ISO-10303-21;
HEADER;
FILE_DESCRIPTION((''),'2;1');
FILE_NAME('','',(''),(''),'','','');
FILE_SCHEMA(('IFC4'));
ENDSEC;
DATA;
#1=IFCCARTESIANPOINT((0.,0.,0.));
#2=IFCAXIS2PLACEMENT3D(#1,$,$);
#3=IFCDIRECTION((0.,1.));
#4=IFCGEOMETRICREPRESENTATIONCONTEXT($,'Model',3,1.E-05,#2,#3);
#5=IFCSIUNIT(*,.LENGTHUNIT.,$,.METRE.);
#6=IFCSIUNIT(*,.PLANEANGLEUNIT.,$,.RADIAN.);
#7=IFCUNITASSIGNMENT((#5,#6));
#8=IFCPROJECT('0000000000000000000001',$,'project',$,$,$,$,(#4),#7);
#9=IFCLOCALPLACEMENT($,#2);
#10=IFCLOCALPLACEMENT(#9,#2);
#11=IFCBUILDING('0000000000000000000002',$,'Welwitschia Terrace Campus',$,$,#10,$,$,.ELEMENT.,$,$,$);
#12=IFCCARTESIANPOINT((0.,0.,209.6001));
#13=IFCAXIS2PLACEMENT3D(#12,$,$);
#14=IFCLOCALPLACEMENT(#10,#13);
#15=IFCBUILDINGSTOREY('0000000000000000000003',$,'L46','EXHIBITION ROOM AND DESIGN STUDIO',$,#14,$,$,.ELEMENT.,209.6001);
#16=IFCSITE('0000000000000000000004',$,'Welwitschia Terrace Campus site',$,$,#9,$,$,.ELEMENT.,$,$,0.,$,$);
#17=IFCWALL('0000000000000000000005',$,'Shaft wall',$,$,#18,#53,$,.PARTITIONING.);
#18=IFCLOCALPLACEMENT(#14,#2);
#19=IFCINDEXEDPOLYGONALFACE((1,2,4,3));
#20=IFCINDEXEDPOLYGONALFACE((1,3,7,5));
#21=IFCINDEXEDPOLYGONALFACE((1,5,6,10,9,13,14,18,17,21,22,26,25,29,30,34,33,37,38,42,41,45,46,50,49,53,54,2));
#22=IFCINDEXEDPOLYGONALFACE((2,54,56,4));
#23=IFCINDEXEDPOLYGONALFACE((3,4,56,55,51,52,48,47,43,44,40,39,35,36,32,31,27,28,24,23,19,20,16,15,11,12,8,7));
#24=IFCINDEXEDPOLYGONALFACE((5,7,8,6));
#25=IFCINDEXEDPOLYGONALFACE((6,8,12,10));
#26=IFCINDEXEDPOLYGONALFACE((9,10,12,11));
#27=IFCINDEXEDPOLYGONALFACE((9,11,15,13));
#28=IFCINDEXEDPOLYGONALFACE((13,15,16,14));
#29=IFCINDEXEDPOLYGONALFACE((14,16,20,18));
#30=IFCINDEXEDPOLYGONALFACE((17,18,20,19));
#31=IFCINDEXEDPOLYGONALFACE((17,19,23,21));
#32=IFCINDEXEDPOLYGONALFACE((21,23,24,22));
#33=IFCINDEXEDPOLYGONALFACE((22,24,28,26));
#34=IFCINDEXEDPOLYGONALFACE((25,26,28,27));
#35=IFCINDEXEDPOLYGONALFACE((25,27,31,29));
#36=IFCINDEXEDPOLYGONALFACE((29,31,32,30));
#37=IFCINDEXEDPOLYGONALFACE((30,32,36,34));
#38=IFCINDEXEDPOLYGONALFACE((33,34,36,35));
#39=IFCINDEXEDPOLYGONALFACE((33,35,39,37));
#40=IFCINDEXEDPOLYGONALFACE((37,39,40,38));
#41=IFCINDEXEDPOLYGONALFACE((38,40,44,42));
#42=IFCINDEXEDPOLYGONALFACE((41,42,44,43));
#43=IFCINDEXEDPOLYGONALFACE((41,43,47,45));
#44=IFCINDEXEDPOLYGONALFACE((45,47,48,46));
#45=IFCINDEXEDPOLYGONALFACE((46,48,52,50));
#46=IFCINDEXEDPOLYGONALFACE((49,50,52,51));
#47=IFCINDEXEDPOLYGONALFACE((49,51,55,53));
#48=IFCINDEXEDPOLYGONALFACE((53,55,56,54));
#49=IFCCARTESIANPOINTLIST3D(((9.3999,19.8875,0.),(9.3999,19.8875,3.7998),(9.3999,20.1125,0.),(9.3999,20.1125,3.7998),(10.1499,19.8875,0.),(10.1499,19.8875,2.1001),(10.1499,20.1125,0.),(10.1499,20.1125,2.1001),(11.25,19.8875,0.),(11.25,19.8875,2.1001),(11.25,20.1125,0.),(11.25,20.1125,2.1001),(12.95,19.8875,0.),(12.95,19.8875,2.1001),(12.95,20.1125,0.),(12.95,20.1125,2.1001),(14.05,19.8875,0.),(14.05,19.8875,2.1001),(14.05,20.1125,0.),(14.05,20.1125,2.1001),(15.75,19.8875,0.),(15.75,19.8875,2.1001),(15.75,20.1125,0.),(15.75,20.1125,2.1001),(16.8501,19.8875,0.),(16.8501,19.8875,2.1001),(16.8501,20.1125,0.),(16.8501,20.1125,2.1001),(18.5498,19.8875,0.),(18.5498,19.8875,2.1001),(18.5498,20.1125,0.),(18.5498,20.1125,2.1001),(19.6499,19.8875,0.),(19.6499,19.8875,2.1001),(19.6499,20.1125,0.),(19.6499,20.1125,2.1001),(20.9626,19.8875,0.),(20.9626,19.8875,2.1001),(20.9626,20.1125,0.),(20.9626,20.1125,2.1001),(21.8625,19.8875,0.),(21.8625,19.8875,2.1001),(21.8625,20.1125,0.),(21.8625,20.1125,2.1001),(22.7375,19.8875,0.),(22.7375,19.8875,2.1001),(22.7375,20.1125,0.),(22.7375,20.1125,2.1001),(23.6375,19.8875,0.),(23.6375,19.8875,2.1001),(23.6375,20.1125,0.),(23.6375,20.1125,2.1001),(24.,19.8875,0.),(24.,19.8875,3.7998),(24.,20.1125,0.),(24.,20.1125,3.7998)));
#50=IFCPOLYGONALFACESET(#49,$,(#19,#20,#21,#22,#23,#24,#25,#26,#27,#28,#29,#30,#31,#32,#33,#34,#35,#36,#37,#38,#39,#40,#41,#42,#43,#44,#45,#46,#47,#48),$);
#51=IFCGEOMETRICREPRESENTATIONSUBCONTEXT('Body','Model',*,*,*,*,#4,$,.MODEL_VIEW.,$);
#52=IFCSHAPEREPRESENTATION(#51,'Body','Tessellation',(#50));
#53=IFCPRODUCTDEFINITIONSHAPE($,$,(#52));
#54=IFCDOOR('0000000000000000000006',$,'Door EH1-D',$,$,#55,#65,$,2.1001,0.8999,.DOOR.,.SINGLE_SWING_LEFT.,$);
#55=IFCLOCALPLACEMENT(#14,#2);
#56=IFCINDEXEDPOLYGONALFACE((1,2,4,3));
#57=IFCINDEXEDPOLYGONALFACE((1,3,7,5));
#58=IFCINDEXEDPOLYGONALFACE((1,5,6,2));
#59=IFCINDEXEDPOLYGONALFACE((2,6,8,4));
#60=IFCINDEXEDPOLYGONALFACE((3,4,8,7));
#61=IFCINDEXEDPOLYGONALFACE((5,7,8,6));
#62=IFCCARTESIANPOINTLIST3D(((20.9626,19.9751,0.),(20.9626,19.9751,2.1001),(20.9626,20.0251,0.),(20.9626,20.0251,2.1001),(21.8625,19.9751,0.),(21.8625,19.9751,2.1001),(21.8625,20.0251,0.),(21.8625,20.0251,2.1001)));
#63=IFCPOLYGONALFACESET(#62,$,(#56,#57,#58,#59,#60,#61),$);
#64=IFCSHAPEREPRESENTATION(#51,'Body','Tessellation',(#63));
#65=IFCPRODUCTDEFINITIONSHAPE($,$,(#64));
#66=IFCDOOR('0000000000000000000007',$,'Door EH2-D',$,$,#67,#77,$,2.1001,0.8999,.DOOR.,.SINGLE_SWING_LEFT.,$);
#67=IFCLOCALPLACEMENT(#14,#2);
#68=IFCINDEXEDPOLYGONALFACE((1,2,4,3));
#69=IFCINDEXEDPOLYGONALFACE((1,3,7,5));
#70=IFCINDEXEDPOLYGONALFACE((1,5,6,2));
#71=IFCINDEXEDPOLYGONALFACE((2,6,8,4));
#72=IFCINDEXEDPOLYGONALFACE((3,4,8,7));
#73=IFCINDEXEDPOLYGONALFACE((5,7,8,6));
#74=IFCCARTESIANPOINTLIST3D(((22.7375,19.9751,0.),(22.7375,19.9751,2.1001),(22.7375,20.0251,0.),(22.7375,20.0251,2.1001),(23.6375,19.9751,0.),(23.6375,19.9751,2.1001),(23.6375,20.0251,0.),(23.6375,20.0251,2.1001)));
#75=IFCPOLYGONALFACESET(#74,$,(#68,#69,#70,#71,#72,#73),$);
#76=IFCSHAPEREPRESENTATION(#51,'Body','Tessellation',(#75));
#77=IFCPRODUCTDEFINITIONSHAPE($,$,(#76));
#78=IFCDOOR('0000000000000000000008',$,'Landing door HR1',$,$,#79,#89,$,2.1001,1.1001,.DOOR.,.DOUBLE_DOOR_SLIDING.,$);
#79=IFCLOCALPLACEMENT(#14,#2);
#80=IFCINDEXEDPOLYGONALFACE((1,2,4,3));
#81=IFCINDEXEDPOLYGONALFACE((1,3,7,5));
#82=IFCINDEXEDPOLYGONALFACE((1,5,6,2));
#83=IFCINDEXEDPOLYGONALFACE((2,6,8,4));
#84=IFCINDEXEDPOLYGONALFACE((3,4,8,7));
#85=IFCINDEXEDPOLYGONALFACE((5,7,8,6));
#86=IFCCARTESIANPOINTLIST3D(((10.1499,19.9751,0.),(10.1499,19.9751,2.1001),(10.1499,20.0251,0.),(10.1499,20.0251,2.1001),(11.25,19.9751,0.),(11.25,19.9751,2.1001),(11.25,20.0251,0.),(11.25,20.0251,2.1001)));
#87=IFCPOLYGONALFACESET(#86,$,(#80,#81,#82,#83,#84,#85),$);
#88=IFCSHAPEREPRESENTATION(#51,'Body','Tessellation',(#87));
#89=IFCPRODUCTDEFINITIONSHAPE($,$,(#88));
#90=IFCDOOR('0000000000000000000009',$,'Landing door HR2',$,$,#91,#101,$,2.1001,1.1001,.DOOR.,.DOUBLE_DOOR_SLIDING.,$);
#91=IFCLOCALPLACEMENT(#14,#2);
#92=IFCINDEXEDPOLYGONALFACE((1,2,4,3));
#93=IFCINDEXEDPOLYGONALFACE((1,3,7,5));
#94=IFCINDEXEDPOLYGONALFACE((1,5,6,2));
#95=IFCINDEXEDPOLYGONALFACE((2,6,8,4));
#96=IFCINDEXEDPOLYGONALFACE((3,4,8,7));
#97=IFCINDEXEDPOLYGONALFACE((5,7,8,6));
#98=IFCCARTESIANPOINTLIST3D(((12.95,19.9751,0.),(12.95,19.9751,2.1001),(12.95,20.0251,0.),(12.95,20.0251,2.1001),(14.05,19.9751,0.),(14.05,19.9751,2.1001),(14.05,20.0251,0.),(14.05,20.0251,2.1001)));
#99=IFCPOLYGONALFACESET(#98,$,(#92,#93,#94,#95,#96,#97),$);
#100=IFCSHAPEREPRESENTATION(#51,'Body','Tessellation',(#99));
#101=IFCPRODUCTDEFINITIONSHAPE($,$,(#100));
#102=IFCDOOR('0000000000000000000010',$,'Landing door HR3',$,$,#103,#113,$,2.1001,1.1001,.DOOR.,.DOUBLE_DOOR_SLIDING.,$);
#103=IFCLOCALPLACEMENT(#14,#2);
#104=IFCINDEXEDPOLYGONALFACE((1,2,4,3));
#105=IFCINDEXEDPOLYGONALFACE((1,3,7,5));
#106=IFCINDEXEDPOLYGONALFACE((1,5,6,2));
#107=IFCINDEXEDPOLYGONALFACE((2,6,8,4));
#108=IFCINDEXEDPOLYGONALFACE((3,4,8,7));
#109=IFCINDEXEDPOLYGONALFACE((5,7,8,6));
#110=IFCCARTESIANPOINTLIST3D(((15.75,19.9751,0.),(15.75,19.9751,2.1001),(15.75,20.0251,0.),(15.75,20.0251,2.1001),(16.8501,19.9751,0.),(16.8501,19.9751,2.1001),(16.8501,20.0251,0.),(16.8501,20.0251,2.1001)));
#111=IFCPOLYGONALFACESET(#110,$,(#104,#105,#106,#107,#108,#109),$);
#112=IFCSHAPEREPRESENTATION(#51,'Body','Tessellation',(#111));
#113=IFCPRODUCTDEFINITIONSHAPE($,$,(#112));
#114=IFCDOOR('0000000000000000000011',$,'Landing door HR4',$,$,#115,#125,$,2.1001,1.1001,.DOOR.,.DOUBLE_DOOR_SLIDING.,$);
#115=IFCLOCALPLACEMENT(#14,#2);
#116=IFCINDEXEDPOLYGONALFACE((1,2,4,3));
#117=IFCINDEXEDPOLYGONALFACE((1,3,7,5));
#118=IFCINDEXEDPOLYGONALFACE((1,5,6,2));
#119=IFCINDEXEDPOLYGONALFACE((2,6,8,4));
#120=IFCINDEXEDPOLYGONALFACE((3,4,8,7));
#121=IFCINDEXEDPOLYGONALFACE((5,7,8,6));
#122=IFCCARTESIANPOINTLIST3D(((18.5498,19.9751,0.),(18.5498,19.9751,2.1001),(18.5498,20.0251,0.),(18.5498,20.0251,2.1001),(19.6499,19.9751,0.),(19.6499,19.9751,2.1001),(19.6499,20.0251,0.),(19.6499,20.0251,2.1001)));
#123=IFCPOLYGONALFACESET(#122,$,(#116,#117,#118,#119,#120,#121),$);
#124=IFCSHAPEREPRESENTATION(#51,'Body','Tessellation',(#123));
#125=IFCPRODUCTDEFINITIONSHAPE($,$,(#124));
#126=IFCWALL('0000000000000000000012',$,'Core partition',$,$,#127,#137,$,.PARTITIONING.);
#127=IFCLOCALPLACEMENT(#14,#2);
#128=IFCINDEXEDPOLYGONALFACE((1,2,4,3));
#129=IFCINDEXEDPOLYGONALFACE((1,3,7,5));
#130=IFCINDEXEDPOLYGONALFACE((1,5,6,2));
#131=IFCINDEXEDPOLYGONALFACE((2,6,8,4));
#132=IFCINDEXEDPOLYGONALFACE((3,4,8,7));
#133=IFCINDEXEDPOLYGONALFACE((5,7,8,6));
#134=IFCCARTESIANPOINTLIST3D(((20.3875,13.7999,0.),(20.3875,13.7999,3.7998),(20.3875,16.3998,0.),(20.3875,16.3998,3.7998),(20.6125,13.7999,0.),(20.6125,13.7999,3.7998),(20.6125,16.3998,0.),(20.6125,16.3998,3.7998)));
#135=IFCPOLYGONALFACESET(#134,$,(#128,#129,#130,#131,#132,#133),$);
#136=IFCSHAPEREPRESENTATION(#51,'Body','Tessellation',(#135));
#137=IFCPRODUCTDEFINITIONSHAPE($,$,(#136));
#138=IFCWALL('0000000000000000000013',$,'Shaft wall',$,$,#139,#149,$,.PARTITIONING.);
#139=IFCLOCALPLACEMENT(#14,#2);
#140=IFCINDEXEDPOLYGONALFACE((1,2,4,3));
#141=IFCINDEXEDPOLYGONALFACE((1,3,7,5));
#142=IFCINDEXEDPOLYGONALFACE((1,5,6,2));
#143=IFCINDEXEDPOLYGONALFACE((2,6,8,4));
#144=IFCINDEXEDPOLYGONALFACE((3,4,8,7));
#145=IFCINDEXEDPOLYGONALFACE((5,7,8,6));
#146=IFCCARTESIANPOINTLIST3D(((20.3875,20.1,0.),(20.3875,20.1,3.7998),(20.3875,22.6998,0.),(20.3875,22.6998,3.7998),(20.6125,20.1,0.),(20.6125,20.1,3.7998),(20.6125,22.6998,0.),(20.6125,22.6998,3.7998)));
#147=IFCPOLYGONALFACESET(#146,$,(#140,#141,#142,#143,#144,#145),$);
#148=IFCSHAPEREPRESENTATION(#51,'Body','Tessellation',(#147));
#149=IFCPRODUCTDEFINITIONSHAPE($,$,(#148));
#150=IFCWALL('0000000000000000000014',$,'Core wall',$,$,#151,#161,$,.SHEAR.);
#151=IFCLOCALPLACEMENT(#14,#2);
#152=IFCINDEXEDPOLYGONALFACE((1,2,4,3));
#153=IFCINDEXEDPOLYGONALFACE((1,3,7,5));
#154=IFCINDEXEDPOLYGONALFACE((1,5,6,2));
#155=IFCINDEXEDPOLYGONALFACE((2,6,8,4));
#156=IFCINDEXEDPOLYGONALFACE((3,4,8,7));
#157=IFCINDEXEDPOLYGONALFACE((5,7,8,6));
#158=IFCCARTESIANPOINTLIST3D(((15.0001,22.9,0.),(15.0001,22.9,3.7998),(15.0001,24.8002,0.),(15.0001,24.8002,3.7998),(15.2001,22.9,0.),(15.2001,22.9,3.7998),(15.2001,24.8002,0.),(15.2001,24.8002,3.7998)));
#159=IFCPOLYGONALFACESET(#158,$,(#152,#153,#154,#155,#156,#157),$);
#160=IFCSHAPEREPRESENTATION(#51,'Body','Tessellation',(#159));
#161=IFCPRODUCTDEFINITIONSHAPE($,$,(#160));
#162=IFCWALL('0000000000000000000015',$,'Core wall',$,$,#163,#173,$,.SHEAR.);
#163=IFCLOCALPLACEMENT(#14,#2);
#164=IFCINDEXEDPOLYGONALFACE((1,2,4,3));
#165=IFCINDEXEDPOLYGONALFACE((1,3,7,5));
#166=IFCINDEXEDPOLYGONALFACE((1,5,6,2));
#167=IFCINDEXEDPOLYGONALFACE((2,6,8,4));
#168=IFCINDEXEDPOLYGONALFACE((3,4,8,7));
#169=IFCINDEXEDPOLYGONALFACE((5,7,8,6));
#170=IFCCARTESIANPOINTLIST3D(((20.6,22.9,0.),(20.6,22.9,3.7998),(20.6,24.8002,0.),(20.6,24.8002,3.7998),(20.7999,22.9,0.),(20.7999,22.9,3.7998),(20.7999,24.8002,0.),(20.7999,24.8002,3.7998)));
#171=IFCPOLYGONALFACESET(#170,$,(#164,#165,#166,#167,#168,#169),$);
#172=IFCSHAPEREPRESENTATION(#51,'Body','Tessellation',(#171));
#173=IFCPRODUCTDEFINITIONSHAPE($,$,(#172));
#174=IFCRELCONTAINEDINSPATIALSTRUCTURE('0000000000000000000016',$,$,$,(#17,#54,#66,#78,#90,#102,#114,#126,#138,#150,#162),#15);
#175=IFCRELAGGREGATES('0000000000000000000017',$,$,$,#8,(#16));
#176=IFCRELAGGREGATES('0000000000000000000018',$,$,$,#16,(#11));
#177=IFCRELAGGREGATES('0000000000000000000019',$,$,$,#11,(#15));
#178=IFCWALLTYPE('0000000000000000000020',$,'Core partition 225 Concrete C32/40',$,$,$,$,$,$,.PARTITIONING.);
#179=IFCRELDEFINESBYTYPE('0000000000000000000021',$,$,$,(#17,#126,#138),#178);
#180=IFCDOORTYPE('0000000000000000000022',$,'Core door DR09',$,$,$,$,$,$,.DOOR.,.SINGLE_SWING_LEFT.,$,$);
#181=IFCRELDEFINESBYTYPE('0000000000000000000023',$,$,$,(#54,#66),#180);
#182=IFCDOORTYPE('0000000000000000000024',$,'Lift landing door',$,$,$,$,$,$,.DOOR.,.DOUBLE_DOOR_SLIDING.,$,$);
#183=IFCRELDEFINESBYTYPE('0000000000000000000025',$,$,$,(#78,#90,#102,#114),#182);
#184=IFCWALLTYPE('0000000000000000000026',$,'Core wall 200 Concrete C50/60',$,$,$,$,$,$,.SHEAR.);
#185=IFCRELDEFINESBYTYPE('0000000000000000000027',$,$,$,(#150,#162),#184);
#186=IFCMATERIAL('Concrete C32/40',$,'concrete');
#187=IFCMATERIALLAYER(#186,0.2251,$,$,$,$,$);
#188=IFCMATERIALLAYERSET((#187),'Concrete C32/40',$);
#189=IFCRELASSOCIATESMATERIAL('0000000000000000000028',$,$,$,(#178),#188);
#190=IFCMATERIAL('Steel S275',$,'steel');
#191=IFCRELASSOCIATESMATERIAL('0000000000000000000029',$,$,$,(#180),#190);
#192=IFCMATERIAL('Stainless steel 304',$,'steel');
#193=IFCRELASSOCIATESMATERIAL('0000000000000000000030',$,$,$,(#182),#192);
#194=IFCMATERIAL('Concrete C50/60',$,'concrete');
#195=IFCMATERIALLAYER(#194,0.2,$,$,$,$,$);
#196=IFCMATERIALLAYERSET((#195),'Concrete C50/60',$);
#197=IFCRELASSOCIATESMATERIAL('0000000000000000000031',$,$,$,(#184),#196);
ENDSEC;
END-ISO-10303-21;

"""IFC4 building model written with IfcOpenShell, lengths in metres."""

from ifc_helpers import new_model, si_unit, direction, frame, frame_2d, origin, place, context, subcontext, project, spatial, rectangle, extrude, material, layer, layer_set, type_object, element, fill, save


model = new_model("IFC4")

# Units and contexts
model_context = context("Model", 3, precision=1e-05, world=origin(), true_north=direction((0.0, 1.0)))
body_context = subcontext(model_context, "Body", "Model", "MODEL_VIEW")
ifc_project = project(units=[si_unit("LENGTHUNIT", "METRE"), si_unit("PLANEANGLEUNIT", "RADIAN")], contexts=[model_context])

# Site, building, storey
site_placement = place(None, origin())
site = spatial("IfcSite", under=ifc_project, at=site_placement, Name="Welwitschia Terrace Campus site", CompositionType="ELEMENT", RefElevation=0.0)
building_placement = place(site_placement, origin())
building = spatial("IfcBuilding", under=site, at=building_placement, Name="Welwitschia Terrace Campus", CompositionType="ELEMENT")
storey_placement = place(building_placement, frame((0.0, 0.0, 209.6001)))
storey = spatial("IfcBuildingStorey", under=building, at=storey_placement, Name="L46", Description="EXHIBITION ROOM AND DESIGN STUDIO", CompositionType="ELEMENT", Elevation=209.6001)

# Shared definitions
ifc_material_1 = material(Name="Concrete C32/40", Category="concrete")
ifc_layer_1 = layer(ifc_material_1, 0.2251)
ifc_layer_set_1 = layer_set([ifc_layer_1], Name="Concrete C32/40")
wall_type_1 = type_object("IfcWallType", Name="Core partition 225 Concrete C32/40", PredefinedType="PARTITIONING", material=ifc_layer_set_1)

# Wall, openings, doors
wall_1_placement = place(storey_placement, frame((24.0, 20.0, 0.0), z_axis=(0.0, 0.0, 1.0), x_axis=(-1.0, 0.0, 0.0)))
wall_1 = element("IfcWall", 1, at=wall_1_placement, inside=storey, type_object=wall_type_1, Name="Shaft wall", PredefinedType="PARTITIONING", context=body_context, shape_type="SweptSolid", body=[
    extrude(rectangle(XDim=14.6001, YDim=0.2251, at=frame_2d((7.3, 0.0))), origin(), (0.0, 0.0, 1.0), 3.7998),
])
opening_1_placement = place(wall_1_placement, frame((12.75, 0.0, 0.0)))
opening_1 = element("IfcOpeningElement", 2, at=opening_1_placement, cuts=wall_1, PredefinedType="OPENING", context=body_context, shape_type="SweptSolid", body=[
    extrude(rectangle(XDim=1.1001, YDim=2.1001, at=frame_2d((0.55, 1.05))), frame((0.0, 0.1226, 0.0), z_axis=(0.0, -1.0, 0.0), x_axis=(1.0, 0.0, 0.0)), (0.0, 0.0, 1.0), 0.2451),
])
opening_2_placement = place(wall_1_placement, frame((9.95, 0.0, 0.0)))
opening_2 = element("IfcOpeningElement", 3, at=opening_2_placement, cuts=wall_1, PredefinedType="OPENING", context=body_context, shape_type="SweptSolid", body=[
    extrude(rectangle(XDim=1.1001, YDim=2.1001, at=frame_2d((0.55, 1.05))), frame((0.0, 0.1226, 0.0), z_axis=(0.0, -1.0, 0.0), x_axis=(1.0, 0.0, 0.0)), (0.0, 0.0, 1.0), 0.2451),
])
opening_3_placement = place(wall_1_placement, frame((7.1499, 0.0, 0.0)))
opening_3 = element("IfcOpeningElement", 4, at=opening_3_placement, cuts=wall_1, PredefinedType="OPENING", context=body_context, shape_type="SweptSolid", body=[
    extrude(rectangle(XDim=1.1001, YDim=2.1001, at=frame_2d((0.55, 1.05))), frame((0.0, 0.1226, 0.0), z_axis=(0.0, -1.0, 0.0), x_axis=(1.0, 0.0, 0.0)), (0.0, 0.0, 1.0), 0.2451),
])
opening_4_placement = place(wall_1_placement, frame((4.3501, 0.0, 0.0)))
opening_4 = element("IfcOpeningElement", 5, at=opening_4_placement, cuts=wall_1, PredefinedType="OPENING", context=body_context, shape_type="SweptSolid", body=[
    extrude(rectangle(XDim=1.1001, YDim=2.1001, at=frame_2d((0.55, 1.05))), frame((0.0, 0.1226, 0.0), z_axis=(0.0, -1.0, 0.0), x_axis=(1.0, 0.0, 0.0)), (0.0, 0.0, 1.0), 0.2451),
])
opening_5_placement = place(wall_1_placement, frame((2.1375, 0.0, 0.0)))
opening_5 = element("IfcOpeningElement", 6, at=opening_5_placement, cuts=wall_1, PredefinedType="OPENING", context=body_context, shape_type="SweptSolid", body=[
    extrude(rectangle(XDim=0.8999, YDim=2.1001, at=frame_2d((0.45, 1.05))), frame((0.0, 0.1226, 0.0), z_axis=(0.0, -1.0, 0.0), x_axis=(1.0, 0.0, 0.0)), (0.0, 0.0, 1.0), 0.2451),
])
opening_6_placement = place(wall_1_placement, frame((0.3625, 0.0, 0.0)))
opening_6 = element("IfcOpeningElement", 7, at=opening_6_placement, cuts=wall_1, PredefinedType="OPENING", context=body_context, shape_type="SweptSolid", body=[
    extrude(rectangle(XDim=0.8999, YDim=2.1001, at=frame_2d((0.45, 1.05))), frame((0.0, 0.1226, 0.0), z_axis=(0.0, -1.0, 0.0), x_axis=(1.0, 0.0, 0.0)), (0.0, 0.0, 1.0), 0.2451),
])
ifc_material_2 = material(Name="Steel S275", Category="steel")
door_type_1 = type_object("IfcDoorType", Name="Core door DR09", OperationType="SINGLE_SWING_LEFT", PredefinedType="DOOR", material=ifc_material_2)
door_1_placement = place(opening_5_placement, origin())
door_1 = element("IfcDoor", 8, at=door_1_placement, inside=storey, type_object=door_type_1, Name="Door EH1-D", OperationType="SINGLE_SWING_LEFT", OverallHeight=2.1001, OverallWidth=0.8999, PredefinedType="DOOR", context=body_context, shape_type="SweptSolid", body=[
    extrude(rectangle(XDim=0.8999, YDim=2.1001, at=frame_2d((0.45, 1.05))), frame((0.0, 0.0249, 0.0), z_axis=(0.0, -1.0, 0.0), x_axis=(1.0, 0.0, 0.0)), (0.0, 0.0, 1.0), 0.05),
])
fill(opening_5, door_1)
door_2_placement = place(opening_6_placement, origin())
door_2 = element("IfcDoor", 9, at=door_2_placement, inside=storey, type_object=door_type_1, Name="Door EH2-D", OperationType="SINGLE_SWING_LEFT", OverallHeight=2.1001, OverallWidth=0.8999, PredefinedType="DOOR", context=body_context, shape_type="SweptSolid", body=[
    extrude(rectangle(XDim=0.8999, YDim=2.1001, at=frame_2d((0.45, 1.05))), frame((0.0, 0.0249, 0.0), z_axis=(0.0, -1.0, 0.0), x_axis=(1.0, 0.0, 0.0)), (0.0, 0.0, 1.0), 0.05),
])
fill(opening_6, door_2)
ifc_material_3 = material(Name="Stainless steel 304", Category="steel")
door_type_2 = type_object("IfcDoorType", Name="Lift landing door", OperationType="DOUBLE_DOOR_SLIDING", PredefinedType="DOOR", material=ifc_material_3)
door_3_placement = place(opening_1_placement, origin())
door_3 = element("IfcDoor", 10, at=door_3_placement, inside=storey, type_object=door_type_2, Name="Landing door HR1", OperationType="DOUBLE_DOOR_SLIDING", OverallHeight=2.1001, OverallWidth=1.1001, PredefinedType="DOOR", context=body_context, shape_type="SweptSolid", body=[
    extrude(rectangle(XDim=1.1001, YDim=2.1001, at=frame_2d((0.55, 1.05))), frame((0.0, 0.0249, 0.0), z_axis=(0.0, -1.0, 0.0), x_axis=(1.0, 0.0, 0.0)), (0.0, 0.0, 1.0), 0.05),
])
fill(opening_1, door_3)
door_4_placement = place(opening_2_placement, origin())
door_4 = element("IfcDoor", 11, at=door_4_placement, inside=storey, type_object=door_type_2, Name="Landing door HR2", OperationType="DOUBLE_DOOR_SLIDING", OverallHeight=2.1001, OverallWidth=1.1001, PredefinedType="DOOR", context=body_context, shape_type="SweptSolid", body=[
    extrude(rectangle(XDim=1.1001, YDim=2.1001, at=frame_2d((0.55, 1.05))), frame((0.0, 0.0249, 0.0), z_axis=(0.0, -1.0, 0.0), x_axis=(1.0, 0.0, 0.0)), (0.0, 0.0, 1.0), 0.05),
])
fill(opening_2, door_4)
door_5_placement = place(opening_3_placement, origin())
door_5 = element("IfcDoor", 12, at=door_5_placement, inside=storey, type_object=door_type_2, Name="Landing door HR3", OperationType="DOUBLE_DOOR_SLIDING", OverallHeight=2.1001, OverallWidth=1.1001, PredefinedType="DOOR", context=body_context, shape_type="SweptSolid", body=[
    extrude(rectangle(XDim=1.1001, YDim=2.1001, at=frame_2d((0.55, 1.05))), frame((0.0, 0.0249, 0.0), z_axis=(0.0, -1.0, 0.0), x_axis=(1.0, 0.0, 0.0)), (0.0, 0.0, 1.0), 0.05),
])
fill(opening_3, door_5)
door_6_placement = place(opening_4_placement, origin())
door_6 = element("IfcDoor", 13, at=door_6_placement, inside=storey, type_object=door_type_2, Name="Landing door HR4", OperationType="DOUBLE_DOOR_SLIDING", OverallHeight=2.1001, OverallWidth=1.1001, PredefinedType="DOOR", context=body_context, shape_type="SweptSolid", body=[
    extrude(rectangle(XDim=1.1001, YDim=2.1001, at=frame_2d((0.55, 1.05))), frame((0.0, 0.0249, 0.0), z_axis=(0.0, -1.0, 0.0), x_axis=(1.0, 0.0, 0.0)), (0.0, 0.0, 1.0), 0.05),
])
fill(opening_4, door_6)

# Walls
for number, where, z_axis, x_axis, name in (
    (14, (20.5, 13.8, 0.0), (0.0, 0.0, 1.0), (0.0, 1.0, 0.0), "Core partition"),
    (15, (20.5, 20.1001, 0.0), (0.0, 0.0, 1.0), (0.0, 1.0, 0.0), "Shaft wall"),
):
    element("IfcWall", number, at=place(storey_placement, frame(where, z_axis=z_axis, x_axis=x_axis)), inside=storey, type_object=wall_type_1, Name=name, PredefinedType="PARTITIONING", context=body_context, shape_type="SweptSolid", body=[
        extrude(rectangle(XDim=2.5999, YDim=0.2251, at=frame_2d((1.2998, 0.0))), origin(), (0.0, 0.0, 1.0), 3.7998),
    ])
ifc_material_4 = material(Name="Concrete C50/60", Category="concrete")
ifc_layer_2 = layer(ifc_material_4, 0.2)
ifc_layer_set_2 = layer_set([ifc_layer_2], Name="Concrete C50/60")
wall_type_2 = type_object("IfcWallType", Name="Core wall 200 Concrete C50/60", PredefinedType="SHEAR", material=ifc_layer_set_2)
for number, where, z_axis, x_axis, name in (
    (16, (15.1001, 22.8999, 0.0), (0.0, 0.0, 1.0), (0.0, 1.0, 0.0), "Core wall"),
    (17, (20.7, 22.8999, 0.0), (0.0, 0.0, 1.0), (0.0, 1.0, 0.0), "Core wall"),
):
    element("IfcWall", number, at=place(storey_placement, frame(where, z_axis=z_axis, x_axis=x_axis)), inside=storey, type_object=wall_type_2, Name=name, PredefinedType="SHEAR", context=body_context, shape_type="SweptSolid", body=[
        extrude(rectangle(XDim=1.9001, YDim=0.2, at=frame_2d((0.9502, 0.0))), origin(), (0.0, 0.0, 1.0), 3.7998),
    ])

save(model, "model.ifc")
